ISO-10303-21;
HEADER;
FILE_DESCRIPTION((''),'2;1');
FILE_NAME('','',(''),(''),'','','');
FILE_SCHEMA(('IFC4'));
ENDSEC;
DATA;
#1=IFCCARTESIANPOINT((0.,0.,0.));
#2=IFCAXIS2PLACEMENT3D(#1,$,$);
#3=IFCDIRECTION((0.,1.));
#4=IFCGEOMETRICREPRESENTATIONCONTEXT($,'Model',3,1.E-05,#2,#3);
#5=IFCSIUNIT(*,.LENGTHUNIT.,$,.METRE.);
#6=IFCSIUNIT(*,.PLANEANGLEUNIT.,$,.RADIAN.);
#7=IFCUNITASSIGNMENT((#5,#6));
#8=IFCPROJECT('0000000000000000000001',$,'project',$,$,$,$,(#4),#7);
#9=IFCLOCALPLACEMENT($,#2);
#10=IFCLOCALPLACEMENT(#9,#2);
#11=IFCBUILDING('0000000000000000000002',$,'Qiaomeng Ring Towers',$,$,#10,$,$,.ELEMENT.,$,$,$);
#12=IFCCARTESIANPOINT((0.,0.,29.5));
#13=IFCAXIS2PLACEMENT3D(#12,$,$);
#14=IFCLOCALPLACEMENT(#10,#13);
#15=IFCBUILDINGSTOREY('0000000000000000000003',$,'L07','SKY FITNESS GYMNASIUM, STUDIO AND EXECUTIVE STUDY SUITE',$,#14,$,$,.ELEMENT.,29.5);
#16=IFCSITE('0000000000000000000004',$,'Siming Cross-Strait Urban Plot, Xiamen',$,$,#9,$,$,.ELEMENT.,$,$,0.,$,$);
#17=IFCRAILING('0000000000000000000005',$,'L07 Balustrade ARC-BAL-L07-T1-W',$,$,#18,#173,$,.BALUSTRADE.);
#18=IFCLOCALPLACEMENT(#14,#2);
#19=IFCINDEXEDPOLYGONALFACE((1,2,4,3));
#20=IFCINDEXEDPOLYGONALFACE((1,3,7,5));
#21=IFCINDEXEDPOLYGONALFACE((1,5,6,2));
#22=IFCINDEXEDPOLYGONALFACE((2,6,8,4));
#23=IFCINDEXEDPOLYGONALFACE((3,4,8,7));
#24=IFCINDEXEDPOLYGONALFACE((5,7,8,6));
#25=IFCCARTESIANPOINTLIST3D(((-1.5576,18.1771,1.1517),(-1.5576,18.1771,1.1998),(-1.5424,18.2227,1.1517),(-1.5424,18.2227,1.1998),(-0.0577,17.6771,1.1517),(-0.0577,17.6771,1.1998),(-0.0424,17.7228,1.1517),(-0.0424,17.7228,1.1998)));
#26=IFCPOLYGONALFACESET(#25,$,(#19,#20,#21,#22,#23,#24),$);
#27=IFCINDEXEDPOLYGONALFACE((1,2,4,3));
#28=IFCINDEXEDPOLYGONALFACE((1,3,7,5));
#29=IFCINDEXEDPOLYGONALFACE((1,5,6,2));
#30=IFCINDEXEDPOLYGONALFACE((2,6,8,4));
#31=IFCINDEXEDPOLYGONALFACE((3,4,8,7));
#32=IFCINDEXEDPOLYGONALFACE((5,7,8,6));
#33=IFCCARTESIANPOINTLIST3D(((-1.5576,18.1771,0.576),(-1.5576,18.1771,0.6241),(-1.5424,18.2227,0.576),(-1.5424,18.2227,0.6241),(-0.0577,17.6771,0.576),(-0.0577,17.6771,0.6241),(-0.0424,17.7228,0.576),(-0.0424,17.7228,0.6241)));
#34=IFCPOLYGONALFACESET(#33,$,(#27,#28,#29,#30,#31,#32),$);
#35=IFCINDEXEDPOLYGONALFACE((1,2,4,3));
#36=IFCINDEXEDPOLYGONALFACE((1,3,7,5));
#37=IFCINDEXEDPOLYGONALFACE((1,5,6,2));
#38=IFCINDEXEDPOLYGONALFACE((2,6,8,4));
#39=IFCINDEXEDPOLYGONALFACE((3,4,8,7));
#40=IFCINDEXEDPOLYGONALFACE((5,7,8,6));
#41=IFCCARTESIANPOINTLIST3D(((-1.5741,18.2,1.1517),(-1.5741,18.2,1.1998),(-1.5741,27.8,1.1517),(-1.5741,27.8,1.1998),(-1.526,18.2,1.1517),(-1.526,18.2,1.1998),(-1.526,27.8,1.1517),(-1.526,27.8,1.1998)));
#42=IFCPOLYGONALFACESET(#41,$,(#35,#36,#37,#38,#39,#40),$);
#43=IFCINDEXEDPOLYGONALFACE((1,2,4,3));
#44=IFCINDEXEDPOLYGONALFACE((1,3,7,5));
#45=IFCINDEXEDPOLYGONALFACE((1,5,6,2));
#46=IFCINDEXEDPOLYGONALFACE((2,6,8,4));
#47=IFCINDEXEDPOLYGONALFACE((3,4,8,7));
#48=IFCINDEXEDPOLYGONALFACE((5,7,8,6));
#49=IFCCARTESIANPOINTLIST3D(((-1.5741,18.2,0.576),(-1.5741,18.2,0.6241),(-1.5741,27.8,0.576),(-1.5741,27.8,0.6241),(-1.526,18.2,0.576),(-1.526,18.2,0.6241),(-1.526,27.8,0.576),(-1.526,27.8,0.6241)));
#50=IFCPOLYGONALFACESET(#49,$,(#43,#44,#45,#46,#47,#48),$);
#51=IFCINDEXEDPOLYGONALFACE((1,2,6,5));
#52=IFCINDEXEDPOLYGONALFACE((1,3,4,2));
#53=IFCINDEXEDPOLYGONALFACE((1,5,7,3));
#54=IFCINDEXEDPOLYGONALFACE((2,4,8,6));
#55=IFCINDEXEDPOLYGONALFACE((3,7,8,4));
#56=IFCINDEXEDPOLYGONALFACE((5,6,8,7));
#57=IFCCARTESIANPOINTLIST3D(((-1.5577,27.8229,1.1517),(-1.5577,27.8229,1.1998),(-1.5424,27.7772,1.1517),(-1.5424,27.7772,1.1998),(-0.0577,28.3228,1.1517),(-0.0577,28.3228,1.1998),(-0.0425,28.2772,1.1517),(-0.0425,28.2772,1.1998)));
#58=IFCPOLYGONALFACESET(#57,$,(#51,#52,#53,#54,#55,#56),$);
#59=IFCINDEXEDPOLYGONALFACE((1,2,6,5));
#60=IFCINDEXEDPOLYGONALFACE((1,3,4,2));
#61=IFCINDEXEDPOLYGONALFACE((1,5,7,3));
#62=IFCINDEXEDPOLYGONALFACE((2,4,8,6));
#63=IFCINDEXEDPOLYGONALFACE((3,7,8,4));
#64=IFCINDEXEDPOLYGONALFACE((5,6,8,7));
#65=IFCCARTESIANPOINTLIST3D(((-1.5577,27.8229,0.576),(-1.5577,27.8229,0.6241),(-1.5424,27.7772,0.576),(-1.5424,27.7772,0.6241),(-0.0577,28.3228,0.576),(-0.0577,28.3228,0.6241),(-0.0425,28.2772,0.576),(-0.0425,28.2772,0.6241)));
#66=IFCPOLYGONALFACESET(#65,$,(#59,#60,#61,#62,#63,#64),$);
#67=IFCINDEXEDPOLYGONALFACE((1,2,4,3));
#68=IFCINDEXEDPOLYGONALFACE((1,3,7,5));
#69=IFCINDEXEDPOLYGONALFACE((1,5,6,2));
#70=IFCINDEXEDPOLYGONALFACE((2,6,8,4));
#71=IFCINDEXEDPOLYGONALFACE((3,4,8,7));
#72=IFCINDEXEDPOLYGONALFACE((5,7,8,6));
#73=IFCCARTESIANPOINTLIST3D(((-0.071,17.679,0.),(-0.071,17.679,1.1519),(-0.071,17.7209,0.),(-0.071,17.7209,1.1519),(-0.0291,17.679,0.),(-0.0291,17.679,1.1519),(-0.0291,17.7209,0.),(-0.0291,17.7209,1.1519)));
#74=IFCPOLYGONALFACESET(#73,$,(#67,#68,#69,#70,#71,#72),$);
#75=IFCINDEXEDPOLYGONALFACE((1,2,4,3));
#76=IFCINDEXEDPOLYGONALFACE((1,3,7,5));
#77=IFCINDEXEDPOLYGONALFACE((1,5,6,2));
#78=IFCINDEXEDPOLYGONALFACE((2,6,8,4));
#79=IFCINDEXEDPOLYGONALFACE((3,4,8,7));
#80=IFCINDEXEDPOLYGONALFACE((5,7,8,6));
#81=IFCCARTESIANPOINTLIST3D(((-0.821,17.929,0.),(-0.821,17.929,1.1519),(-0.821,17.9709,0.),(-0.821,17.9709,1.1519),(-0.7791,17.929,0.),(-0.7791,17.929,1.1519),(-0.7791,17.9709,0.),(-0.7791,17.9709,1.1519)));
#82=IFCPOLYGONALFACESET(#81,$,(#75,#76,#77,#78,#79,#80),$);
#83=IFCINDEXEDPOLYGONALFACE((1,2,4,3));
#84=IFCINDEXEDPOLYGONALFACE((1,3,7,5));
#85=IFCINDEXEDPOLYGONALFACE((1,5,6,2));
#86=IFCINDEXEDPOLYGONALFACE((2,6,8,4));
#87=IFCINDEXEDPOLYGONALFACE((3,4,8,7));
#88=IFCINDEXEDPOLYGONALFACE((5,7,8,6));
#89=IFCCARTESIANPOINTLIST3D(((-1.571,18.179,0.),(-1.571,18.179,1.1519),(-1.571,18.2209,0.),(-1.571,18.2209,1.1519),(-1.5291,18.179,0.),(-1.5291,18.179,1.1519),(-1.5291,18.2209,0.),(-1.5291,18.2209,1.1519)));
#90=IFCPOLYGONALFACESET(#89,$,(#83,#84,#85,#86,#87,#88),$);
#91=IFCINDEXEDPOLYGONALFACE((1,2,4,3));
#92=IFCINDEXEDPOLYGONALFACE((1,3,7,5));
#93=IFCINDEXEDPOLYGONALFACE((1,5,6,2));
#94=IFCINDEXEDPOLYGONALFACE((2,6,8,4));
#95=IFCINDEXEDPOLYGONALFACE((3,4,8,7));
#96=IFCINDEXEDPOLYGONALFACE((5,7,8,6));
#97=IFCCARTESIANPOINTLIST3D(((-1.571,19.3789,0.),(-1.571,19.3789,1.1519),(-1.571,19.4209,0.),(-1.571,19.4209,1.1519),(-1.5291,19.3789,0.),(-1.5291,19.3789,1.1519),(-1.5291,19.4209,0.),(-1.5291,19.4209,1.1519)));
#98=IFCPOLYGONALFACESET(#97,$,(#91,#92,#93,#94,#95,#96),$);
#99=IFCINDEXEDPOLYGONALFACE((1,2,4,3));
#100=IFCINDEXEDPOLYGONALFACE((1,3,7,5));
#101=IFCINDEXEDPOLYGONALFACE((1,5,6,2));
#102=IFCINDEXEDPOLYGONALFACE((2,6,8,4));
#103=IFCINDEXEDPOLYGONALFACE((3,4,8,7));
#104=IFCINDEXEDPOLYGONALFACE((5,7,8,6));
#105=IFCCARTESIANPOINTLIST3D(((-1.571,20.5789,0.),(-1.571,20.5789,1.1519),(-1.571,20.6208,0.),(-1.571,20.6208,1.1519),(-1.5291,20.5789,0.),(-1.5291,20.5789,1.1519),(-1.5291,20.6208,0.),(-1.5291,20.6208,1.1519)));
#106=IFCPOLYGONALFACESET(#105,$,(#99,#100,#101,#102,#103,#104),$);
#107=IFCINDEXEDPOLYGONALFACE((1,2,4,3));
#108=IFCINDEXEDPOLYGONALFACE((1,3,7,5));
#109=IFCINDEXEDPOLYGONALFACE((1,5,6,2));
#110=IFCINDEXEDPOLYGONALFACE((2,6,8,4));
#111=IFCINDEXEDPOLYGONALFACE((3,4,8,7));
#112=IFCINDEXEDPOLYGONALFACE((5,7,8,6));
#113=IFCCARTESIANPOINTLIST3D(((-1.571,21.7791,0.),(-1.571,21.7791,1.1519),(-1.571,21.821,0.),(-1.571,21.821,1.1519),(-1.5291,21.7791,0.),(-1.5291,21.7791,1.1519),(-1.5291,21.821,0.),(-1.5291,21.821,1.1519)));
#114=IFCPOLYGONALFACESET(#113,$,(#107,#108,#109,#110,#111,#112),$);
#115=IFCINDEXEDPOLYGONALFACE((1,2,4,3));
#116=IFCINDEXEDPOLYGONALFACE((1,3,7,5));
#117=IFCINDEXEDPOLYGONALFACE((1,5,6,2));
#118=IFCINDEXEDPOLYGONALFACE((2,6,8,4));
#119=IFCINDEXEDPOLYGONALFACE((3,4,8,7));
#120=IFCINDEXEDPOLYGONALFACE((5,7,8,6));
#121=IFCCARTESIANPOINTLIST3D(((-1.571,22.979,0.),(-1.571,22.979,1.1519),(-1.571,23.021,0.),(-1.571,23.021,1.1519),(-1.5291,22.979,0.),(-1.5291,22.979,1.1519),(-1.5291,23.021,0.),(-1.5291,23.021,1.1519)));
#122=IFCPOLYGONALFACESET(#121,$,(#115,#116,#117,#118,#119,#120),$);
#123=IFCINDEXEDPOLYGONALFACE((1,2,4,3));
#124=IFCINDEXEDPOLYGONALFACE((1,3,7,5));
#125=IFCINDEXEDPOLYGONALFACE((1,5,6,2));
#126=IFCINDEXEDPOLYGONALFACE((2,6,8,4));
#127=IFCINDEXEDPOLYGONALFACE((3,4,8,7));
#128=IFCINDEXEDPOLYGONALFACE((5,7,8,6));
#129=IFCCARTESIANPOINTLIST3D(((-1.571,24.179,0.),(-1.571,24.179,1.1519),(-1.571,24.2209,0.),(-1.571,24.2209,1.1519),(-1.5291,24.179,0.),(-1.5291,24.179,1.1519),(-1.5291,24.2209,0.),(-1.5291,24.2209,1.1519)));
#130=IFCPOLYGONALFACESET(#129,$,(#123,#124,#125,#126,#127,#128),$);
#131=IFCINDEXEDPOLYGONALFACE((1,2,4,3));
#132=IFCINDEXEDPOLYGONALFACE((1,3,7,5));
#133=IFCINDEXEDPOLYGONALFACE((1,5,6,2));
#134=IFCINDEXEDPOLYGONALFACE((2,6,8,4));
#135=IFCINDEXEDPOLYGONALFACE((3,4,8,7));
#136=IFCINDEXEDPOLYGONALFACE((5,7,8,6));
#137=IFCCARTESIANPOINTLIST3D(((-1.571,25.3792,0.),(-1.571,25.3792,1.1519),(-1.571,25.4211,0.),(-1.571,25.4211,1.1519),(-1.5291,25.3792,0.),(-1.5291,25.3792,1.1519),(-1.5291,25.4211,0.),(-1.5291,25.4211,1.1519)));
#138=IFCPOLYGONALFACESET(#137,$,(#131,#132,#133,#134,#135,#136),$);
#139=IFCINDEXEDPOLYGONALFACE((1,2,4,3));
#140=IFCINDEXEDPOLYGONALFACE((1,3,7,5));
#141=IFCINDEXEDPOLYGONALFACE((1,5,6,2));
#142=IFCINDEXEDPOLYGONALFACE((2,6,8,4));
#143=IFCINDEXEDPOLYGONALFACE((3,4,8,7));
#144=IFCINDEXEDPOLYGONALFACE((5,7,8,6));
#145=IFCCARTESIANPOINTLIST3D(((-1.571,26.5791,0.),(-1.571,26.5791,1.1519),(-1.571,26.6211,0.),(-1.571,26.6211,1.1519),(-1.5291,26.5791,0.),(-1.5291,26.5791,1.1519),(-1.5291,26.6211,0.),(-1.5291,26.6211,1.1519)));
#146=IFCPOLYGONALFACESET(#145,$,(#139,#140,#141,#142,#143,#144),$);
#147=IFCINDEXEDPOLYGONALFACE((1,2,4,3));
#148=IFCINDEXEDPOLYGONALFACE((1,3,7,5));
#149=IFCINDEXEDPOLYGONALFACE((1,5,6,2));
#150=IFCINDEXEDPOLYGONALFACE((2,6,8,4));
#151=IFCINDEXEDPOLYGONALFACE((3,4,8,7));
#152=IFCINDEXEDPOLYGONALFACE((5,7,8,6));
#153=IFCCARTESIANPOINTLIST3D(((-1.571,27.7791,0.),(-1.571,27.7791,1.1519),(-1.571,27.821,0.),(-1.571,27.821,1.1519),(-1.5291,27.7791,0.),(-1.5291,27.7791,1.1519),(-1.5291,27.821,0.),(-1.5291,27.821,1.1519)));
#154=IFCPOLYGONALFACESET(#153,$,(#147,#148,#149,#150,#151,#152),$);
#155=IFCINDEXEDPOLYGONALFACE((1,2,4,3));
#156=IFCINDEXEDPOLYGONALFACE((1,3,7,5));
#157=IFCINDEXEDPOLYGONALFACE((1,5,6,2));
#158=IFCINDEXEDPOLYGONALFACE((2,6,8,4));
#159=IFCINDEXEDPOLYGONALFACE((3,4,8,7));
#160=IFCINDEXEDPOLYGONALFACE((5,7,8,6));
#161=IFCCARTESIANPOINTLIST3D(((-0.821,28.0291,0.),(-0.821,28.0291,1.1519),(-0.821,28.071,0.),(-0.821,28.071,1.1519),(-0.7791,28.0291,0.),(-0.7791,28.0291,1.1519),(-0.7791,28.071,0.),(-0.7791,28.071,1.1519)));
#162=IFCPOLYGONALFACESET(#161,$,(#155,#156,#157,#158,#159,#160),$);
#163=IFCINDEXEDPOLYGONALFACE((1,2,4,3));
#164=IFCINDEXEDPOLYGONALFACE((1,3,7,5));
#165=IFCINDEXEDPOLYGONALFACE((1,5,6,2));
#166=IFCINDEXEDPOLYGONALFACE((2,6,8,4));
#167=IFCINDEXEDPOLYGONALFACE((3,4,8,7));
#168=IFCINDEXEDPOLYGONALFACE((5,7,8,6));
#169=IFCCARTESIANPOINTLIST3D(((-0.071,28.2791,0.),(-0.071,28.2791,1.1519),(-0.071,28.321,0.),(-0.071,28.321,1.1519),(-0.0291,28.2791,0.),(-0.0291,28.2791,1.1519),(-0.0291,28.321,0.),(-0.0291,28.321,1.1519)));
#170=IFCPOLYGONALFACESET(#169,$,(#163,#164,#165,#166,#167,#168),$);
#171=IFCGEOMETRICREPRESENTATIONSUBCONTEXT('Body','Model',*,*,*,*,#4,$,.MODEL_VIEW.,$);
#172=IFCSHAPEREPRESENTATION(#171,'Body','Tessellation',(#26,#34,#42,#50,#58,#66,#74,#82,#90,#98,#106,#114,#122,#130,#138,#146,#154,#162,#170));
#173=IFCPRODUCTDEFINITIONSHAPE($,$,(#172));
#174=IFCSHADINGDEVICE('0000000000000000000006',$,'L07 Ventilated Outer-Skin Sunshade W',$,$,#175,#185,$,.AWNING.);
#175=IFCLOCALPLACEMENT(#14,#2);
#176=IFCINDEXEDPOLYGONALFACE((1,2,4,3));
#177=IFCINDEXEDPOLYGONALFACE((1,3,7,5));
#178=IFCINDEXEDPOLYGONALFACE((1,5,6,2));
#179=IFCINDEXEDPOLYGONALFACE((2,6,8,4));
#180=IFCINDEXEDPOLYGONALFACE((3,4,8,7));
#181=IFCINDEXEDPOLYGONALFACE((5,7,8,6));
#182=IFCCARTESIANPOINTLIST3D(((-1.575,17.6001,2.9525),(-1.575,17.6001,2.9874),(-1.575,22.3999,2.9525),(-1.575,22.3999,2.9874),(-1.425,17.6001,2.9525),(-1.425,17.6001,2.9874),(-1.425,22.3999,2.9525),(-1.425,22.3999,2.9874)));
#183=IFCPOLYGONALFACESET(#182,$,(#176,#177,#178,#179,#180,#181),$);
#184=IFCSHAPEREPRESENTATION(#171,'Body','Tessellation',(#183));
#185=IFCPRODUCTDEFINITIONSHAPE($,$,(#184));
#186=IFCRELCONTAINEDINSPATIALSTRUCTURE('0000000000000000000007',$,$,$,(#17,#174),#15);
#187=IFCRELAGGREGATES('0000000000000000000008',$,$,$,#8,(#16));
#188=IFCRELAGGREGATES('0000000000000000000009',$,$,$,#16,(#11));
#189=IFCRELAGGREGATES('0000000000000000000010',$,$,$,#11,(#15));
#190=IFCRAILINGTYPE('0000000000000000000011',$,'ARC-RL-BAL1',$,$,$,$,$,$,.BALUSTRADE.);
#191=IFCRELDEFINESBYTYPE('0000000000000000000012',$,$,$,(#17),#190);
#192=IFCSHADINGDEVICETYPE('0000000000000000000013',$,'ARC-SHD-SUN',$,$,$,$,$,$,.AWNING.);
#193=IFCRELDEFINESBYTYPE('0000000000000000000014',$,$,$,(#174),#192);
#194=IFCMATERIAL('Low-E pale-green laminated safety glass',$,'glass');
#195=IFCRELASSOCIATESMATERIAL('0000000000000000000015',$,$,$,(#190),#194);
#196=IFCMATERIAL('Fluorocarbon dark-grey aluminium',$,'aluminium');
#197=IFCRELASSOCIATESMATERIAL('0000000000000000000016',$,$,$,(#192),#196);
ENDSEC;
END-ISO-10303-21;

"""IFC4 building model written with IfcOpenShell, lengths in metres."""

from ifc_helpers import new_model, si_unit, direction, frame, origin, origin_2d, place, context, subcontext, project, spatial, rectangle, extrude, source, transform, mapped, material, material_profile, profile_set, type_object, element, save


model = new_model("IFC4")

# Units and contexts
model_context = context("Model", 3, precision=1e-05, world=origin(), true_north=direction((0.0, 1.0)))
body_context = subcontext(model_context, "Body", "Model", "MODEL_VIEW")
ifc_project = project(units=[si_unit("LENGTHUNIT", "METRE"), si_unit("PLANEANGLEUNIT", "RADIAN")], contexts=[model_context])

# Site, building, storey
site_placement = place(None, origin())
site = spatial("IfcSite", under=ifc_project, at=site_placement, Name="Siming Cross-Strait Urban Plot, Xiamen", CompositionType="ELEMENT", RefElevation=0.0)
building_placement = place(site_placement, origin())
building = spatial("IfcBuilding", under=site, at=building_placement, Name="Qiaomeng Ring Towers", CompositionType="ELEMENT")
storey_placement = place(building_placement, frame((0.0, 0.0, 29.5)))
storey = spatial("IfcBuildingStorey", under=building, at=storey_placement, Name="L07", Description="SKY FITNESS GYMNASIUM, STUDIO AND EXECUTIVE STUDY SUITE", CompositionType="ELEMENT", Elevation=29.5)

# Shared definitions
ifc_material_1 = material(Name="Fluorocarbon dark-grey aluminium", Category="aluminium")

# Railing
ifc_material_2 = material(Name="Low-E pale-green laminated safety glass", Category="glass")
railing_type = type_object("IfcRailingType", Name="ARC-RL-BAL1", PredefinedType="BALUSTRADE", material=ifc_material_2)
railing_1_placement = place(storey_placement, frame((-0.05, 17.7, 0.0)))
element("IfcRailing", 1, at=railing_1_placement, inside=storey, type_object=railing_type, Name="L07 Balustrade ARC-BAL-L07-T1-W", PredefinedType="BALUSTRADE", context=body_context, shape_type="SweptSolid", body=[
    extrude(rectangle(XDim=0.0481, YDim=0.0481, at=origin_2d()), frame((0.0, 0.0, 1.1758), z_axis=(-0.948683, 0.316228, 0.0), x_axis=(-0.316228, -0.948683, 0.0)), (0.0, 0.0, 1.0), 1.5811),
    extrude(rectangle(XDim=0.0481, YDim=0.0481, at=origin_2d()), frame((0.0, 0.0, 0.6001), z_axis=(-0.948683, 0.316228, 0.0), x_axis=(-0.316228, -0.948683, 0.0)), (0.0, 0.0, 1.0), 1.5811),
    extrude(rectangle(XDim=0.0481, YDim=0.0481, at=origin_2d()), frame((-1.5, 0.5, 1.1758), z_axis=(0.0, 1.0, 0.0), x_axis=(-1.0, 0.0, 0.0)), (0.0, 0.0, 1.0), 9.6001),
    extrude(rectangle(XDim=0.0481, YDim=0.0481, at=origin_2d()), frame((-1.5, 0.5, 0.6001), z_axis=(0.0, 1.0, 0.0), x_axis=(-1.0, 0.0, 0.0)), (0.0, 0.0, 1.0), 9.6001),
    extrude(rectangle(XDim=0.0481, YDim=0.0481, at=origin_2d()), frame((-1.5, 10.1001, 1.1758), z_axis=(0.948683, 0.316228, 0.0), x_axis=(-0.316228, 0.948683, 0.0)), (0.0, 0.0, 1.0), 1.5811),
    extrude(rectangle(XDim=0.0481, YDim=0.0481, at=origin_2d()), frame((-1.5, 10.1001, 0.6001), z_axis=(0.948683, 0.316228, 0.0), x_axis=(-0.316228, 0.948683, 0.0)), (0.0, 0.0, 1.0), 1.5811),
    extrude(rectangle(XDim=0.042, YDim=0.042, at=origin_2d()), origin(), (0.0, 0.0, 1.0), 1.1519),
    extrude(rectangle(XDim=0.042, YDim=0.042, at=origin_2d()), frame((-0.75, 0.25, 0.0)), (0.0, 0.0, 1.0), 1.1519),
    extrude(rectangle(XDim=0.042, YDim=0.042, at=origin_2d()), frame((-1.5, 0.5, 0.0)), (0.0, 0.0, 1.0), 1.1519),
    extrude(rectangle(XDim=0.042, YDim=0.042, at=origin_2d()), frame((-1.5, 1.7, 0.0)), (0.0, 0.0, 1.0), 1.1519),
    extrude(rectangle(XDim=0.042, YDim=0.042, at=origin_2d()), frame((-1.5, 2.8999, 0.0)), (0.0, 0.0, 1.0), 1.1519),
    extrude(rectangle(XDim=0.042, YDim=0.042, at=origin_2d()), frame((-1.5, 4.1001, 0.0)), (0.0, 0.0, 1.0), 1.1519),
    extrude(rectangle(XDim=0.042, YDim=0.042, at=origin_2d()), frame((-1.5, 5.3, 0.0)), (0.0, 0.0, 1.0), 1.1519),
    extrude(rectangle(XDim=0.042, YDim=0.042, at=origin_2d()), frame((-1.5, 6.5, 0.0)), (0.0, 0.0, 1.0), 1.1519),
    extrude(rectangle(XDim=0.042, YDim=0.042, at=origin_2d()), frame((-1.5, 7.7002, 0.0)), (0.0, 0.0, 1.0), 1.1519),
    extrude(rectangle(XDim=0.042, YDim=0.042, at=origin_2d()), frame((-1.5, 8.9001, 0.0)), (0.0, 0.0, 1.0), 1.1519),
    extrude(rectangle(XDim=0.042, YDim=0.042, at=origin_2d()), frame((-1.5, 10.1001, 0.0)), (0.0, 0.0, 1.0), 1.1519),
    extrude(rectangle(XDim=0.042, YDim=0.042, at=origin_2d()), frame((-0.75, 10.3501, 0.0)), (0.0, 0.0, 1.0), 1.1519),
    extrude(rectangle(XDim=0.042, YDim=0.042, at=origin_2d()), frame((0.0, 10.6001, 0.0)), (0.0, 0.0, 1.0), 1.1519),
])

# Shading device
ifc_material_profile_1 = material_profile(ifc_material_1, rectangle(XDim=0.1499, YDim=0.0349, at=origin_2d()), Name="LV BLADE 150x35")
ifc_profile_set_1 = profile_set([ifc_material_profile_1], Name="Fluorocarbon dark-grey aluminium")
shading_device_type = type_object("IfcShadingDeviceType", Name="ARC-SHD-SUN", PredefinedType="AWNING", material=ifc_profile_set_1)
shared_shape_1 = source(origin(), body_context, "Body", "SweptSolid", [
    extrude(rectangle(XDim=0.1499, YDim=0.0349, at=origin_2d()), origin(), (0.0, 0.0, 1.0), 4.7998),
])
shading_device_placement = place(storey_placement, frame((-1.5, 17.6001, 2.97), z_axis=(0.0, 1.0, 0.0), x_axis=(-1.0, 0.0, 0.0)))
element("IfcShadingDevice", 2, at=shading_device_placement, inside=storey, type_object=shading_device_type, Name="L07 Ventilated Outer-Skin Sunshade W", PredefinedType="AWNING", context=body_context, shape_type="MappedRepresentation", body=[
    mapped(shared_shape_1, transform((0.0, 0.0, 0.0), x_axis=(1.0, 0.0, 0.0), y_axis=(0.0, 1.0, 0.0), z_axis=(0.0, 0.0, 1.0), scale=1.0)),
])

save(model, "model.ifc")
